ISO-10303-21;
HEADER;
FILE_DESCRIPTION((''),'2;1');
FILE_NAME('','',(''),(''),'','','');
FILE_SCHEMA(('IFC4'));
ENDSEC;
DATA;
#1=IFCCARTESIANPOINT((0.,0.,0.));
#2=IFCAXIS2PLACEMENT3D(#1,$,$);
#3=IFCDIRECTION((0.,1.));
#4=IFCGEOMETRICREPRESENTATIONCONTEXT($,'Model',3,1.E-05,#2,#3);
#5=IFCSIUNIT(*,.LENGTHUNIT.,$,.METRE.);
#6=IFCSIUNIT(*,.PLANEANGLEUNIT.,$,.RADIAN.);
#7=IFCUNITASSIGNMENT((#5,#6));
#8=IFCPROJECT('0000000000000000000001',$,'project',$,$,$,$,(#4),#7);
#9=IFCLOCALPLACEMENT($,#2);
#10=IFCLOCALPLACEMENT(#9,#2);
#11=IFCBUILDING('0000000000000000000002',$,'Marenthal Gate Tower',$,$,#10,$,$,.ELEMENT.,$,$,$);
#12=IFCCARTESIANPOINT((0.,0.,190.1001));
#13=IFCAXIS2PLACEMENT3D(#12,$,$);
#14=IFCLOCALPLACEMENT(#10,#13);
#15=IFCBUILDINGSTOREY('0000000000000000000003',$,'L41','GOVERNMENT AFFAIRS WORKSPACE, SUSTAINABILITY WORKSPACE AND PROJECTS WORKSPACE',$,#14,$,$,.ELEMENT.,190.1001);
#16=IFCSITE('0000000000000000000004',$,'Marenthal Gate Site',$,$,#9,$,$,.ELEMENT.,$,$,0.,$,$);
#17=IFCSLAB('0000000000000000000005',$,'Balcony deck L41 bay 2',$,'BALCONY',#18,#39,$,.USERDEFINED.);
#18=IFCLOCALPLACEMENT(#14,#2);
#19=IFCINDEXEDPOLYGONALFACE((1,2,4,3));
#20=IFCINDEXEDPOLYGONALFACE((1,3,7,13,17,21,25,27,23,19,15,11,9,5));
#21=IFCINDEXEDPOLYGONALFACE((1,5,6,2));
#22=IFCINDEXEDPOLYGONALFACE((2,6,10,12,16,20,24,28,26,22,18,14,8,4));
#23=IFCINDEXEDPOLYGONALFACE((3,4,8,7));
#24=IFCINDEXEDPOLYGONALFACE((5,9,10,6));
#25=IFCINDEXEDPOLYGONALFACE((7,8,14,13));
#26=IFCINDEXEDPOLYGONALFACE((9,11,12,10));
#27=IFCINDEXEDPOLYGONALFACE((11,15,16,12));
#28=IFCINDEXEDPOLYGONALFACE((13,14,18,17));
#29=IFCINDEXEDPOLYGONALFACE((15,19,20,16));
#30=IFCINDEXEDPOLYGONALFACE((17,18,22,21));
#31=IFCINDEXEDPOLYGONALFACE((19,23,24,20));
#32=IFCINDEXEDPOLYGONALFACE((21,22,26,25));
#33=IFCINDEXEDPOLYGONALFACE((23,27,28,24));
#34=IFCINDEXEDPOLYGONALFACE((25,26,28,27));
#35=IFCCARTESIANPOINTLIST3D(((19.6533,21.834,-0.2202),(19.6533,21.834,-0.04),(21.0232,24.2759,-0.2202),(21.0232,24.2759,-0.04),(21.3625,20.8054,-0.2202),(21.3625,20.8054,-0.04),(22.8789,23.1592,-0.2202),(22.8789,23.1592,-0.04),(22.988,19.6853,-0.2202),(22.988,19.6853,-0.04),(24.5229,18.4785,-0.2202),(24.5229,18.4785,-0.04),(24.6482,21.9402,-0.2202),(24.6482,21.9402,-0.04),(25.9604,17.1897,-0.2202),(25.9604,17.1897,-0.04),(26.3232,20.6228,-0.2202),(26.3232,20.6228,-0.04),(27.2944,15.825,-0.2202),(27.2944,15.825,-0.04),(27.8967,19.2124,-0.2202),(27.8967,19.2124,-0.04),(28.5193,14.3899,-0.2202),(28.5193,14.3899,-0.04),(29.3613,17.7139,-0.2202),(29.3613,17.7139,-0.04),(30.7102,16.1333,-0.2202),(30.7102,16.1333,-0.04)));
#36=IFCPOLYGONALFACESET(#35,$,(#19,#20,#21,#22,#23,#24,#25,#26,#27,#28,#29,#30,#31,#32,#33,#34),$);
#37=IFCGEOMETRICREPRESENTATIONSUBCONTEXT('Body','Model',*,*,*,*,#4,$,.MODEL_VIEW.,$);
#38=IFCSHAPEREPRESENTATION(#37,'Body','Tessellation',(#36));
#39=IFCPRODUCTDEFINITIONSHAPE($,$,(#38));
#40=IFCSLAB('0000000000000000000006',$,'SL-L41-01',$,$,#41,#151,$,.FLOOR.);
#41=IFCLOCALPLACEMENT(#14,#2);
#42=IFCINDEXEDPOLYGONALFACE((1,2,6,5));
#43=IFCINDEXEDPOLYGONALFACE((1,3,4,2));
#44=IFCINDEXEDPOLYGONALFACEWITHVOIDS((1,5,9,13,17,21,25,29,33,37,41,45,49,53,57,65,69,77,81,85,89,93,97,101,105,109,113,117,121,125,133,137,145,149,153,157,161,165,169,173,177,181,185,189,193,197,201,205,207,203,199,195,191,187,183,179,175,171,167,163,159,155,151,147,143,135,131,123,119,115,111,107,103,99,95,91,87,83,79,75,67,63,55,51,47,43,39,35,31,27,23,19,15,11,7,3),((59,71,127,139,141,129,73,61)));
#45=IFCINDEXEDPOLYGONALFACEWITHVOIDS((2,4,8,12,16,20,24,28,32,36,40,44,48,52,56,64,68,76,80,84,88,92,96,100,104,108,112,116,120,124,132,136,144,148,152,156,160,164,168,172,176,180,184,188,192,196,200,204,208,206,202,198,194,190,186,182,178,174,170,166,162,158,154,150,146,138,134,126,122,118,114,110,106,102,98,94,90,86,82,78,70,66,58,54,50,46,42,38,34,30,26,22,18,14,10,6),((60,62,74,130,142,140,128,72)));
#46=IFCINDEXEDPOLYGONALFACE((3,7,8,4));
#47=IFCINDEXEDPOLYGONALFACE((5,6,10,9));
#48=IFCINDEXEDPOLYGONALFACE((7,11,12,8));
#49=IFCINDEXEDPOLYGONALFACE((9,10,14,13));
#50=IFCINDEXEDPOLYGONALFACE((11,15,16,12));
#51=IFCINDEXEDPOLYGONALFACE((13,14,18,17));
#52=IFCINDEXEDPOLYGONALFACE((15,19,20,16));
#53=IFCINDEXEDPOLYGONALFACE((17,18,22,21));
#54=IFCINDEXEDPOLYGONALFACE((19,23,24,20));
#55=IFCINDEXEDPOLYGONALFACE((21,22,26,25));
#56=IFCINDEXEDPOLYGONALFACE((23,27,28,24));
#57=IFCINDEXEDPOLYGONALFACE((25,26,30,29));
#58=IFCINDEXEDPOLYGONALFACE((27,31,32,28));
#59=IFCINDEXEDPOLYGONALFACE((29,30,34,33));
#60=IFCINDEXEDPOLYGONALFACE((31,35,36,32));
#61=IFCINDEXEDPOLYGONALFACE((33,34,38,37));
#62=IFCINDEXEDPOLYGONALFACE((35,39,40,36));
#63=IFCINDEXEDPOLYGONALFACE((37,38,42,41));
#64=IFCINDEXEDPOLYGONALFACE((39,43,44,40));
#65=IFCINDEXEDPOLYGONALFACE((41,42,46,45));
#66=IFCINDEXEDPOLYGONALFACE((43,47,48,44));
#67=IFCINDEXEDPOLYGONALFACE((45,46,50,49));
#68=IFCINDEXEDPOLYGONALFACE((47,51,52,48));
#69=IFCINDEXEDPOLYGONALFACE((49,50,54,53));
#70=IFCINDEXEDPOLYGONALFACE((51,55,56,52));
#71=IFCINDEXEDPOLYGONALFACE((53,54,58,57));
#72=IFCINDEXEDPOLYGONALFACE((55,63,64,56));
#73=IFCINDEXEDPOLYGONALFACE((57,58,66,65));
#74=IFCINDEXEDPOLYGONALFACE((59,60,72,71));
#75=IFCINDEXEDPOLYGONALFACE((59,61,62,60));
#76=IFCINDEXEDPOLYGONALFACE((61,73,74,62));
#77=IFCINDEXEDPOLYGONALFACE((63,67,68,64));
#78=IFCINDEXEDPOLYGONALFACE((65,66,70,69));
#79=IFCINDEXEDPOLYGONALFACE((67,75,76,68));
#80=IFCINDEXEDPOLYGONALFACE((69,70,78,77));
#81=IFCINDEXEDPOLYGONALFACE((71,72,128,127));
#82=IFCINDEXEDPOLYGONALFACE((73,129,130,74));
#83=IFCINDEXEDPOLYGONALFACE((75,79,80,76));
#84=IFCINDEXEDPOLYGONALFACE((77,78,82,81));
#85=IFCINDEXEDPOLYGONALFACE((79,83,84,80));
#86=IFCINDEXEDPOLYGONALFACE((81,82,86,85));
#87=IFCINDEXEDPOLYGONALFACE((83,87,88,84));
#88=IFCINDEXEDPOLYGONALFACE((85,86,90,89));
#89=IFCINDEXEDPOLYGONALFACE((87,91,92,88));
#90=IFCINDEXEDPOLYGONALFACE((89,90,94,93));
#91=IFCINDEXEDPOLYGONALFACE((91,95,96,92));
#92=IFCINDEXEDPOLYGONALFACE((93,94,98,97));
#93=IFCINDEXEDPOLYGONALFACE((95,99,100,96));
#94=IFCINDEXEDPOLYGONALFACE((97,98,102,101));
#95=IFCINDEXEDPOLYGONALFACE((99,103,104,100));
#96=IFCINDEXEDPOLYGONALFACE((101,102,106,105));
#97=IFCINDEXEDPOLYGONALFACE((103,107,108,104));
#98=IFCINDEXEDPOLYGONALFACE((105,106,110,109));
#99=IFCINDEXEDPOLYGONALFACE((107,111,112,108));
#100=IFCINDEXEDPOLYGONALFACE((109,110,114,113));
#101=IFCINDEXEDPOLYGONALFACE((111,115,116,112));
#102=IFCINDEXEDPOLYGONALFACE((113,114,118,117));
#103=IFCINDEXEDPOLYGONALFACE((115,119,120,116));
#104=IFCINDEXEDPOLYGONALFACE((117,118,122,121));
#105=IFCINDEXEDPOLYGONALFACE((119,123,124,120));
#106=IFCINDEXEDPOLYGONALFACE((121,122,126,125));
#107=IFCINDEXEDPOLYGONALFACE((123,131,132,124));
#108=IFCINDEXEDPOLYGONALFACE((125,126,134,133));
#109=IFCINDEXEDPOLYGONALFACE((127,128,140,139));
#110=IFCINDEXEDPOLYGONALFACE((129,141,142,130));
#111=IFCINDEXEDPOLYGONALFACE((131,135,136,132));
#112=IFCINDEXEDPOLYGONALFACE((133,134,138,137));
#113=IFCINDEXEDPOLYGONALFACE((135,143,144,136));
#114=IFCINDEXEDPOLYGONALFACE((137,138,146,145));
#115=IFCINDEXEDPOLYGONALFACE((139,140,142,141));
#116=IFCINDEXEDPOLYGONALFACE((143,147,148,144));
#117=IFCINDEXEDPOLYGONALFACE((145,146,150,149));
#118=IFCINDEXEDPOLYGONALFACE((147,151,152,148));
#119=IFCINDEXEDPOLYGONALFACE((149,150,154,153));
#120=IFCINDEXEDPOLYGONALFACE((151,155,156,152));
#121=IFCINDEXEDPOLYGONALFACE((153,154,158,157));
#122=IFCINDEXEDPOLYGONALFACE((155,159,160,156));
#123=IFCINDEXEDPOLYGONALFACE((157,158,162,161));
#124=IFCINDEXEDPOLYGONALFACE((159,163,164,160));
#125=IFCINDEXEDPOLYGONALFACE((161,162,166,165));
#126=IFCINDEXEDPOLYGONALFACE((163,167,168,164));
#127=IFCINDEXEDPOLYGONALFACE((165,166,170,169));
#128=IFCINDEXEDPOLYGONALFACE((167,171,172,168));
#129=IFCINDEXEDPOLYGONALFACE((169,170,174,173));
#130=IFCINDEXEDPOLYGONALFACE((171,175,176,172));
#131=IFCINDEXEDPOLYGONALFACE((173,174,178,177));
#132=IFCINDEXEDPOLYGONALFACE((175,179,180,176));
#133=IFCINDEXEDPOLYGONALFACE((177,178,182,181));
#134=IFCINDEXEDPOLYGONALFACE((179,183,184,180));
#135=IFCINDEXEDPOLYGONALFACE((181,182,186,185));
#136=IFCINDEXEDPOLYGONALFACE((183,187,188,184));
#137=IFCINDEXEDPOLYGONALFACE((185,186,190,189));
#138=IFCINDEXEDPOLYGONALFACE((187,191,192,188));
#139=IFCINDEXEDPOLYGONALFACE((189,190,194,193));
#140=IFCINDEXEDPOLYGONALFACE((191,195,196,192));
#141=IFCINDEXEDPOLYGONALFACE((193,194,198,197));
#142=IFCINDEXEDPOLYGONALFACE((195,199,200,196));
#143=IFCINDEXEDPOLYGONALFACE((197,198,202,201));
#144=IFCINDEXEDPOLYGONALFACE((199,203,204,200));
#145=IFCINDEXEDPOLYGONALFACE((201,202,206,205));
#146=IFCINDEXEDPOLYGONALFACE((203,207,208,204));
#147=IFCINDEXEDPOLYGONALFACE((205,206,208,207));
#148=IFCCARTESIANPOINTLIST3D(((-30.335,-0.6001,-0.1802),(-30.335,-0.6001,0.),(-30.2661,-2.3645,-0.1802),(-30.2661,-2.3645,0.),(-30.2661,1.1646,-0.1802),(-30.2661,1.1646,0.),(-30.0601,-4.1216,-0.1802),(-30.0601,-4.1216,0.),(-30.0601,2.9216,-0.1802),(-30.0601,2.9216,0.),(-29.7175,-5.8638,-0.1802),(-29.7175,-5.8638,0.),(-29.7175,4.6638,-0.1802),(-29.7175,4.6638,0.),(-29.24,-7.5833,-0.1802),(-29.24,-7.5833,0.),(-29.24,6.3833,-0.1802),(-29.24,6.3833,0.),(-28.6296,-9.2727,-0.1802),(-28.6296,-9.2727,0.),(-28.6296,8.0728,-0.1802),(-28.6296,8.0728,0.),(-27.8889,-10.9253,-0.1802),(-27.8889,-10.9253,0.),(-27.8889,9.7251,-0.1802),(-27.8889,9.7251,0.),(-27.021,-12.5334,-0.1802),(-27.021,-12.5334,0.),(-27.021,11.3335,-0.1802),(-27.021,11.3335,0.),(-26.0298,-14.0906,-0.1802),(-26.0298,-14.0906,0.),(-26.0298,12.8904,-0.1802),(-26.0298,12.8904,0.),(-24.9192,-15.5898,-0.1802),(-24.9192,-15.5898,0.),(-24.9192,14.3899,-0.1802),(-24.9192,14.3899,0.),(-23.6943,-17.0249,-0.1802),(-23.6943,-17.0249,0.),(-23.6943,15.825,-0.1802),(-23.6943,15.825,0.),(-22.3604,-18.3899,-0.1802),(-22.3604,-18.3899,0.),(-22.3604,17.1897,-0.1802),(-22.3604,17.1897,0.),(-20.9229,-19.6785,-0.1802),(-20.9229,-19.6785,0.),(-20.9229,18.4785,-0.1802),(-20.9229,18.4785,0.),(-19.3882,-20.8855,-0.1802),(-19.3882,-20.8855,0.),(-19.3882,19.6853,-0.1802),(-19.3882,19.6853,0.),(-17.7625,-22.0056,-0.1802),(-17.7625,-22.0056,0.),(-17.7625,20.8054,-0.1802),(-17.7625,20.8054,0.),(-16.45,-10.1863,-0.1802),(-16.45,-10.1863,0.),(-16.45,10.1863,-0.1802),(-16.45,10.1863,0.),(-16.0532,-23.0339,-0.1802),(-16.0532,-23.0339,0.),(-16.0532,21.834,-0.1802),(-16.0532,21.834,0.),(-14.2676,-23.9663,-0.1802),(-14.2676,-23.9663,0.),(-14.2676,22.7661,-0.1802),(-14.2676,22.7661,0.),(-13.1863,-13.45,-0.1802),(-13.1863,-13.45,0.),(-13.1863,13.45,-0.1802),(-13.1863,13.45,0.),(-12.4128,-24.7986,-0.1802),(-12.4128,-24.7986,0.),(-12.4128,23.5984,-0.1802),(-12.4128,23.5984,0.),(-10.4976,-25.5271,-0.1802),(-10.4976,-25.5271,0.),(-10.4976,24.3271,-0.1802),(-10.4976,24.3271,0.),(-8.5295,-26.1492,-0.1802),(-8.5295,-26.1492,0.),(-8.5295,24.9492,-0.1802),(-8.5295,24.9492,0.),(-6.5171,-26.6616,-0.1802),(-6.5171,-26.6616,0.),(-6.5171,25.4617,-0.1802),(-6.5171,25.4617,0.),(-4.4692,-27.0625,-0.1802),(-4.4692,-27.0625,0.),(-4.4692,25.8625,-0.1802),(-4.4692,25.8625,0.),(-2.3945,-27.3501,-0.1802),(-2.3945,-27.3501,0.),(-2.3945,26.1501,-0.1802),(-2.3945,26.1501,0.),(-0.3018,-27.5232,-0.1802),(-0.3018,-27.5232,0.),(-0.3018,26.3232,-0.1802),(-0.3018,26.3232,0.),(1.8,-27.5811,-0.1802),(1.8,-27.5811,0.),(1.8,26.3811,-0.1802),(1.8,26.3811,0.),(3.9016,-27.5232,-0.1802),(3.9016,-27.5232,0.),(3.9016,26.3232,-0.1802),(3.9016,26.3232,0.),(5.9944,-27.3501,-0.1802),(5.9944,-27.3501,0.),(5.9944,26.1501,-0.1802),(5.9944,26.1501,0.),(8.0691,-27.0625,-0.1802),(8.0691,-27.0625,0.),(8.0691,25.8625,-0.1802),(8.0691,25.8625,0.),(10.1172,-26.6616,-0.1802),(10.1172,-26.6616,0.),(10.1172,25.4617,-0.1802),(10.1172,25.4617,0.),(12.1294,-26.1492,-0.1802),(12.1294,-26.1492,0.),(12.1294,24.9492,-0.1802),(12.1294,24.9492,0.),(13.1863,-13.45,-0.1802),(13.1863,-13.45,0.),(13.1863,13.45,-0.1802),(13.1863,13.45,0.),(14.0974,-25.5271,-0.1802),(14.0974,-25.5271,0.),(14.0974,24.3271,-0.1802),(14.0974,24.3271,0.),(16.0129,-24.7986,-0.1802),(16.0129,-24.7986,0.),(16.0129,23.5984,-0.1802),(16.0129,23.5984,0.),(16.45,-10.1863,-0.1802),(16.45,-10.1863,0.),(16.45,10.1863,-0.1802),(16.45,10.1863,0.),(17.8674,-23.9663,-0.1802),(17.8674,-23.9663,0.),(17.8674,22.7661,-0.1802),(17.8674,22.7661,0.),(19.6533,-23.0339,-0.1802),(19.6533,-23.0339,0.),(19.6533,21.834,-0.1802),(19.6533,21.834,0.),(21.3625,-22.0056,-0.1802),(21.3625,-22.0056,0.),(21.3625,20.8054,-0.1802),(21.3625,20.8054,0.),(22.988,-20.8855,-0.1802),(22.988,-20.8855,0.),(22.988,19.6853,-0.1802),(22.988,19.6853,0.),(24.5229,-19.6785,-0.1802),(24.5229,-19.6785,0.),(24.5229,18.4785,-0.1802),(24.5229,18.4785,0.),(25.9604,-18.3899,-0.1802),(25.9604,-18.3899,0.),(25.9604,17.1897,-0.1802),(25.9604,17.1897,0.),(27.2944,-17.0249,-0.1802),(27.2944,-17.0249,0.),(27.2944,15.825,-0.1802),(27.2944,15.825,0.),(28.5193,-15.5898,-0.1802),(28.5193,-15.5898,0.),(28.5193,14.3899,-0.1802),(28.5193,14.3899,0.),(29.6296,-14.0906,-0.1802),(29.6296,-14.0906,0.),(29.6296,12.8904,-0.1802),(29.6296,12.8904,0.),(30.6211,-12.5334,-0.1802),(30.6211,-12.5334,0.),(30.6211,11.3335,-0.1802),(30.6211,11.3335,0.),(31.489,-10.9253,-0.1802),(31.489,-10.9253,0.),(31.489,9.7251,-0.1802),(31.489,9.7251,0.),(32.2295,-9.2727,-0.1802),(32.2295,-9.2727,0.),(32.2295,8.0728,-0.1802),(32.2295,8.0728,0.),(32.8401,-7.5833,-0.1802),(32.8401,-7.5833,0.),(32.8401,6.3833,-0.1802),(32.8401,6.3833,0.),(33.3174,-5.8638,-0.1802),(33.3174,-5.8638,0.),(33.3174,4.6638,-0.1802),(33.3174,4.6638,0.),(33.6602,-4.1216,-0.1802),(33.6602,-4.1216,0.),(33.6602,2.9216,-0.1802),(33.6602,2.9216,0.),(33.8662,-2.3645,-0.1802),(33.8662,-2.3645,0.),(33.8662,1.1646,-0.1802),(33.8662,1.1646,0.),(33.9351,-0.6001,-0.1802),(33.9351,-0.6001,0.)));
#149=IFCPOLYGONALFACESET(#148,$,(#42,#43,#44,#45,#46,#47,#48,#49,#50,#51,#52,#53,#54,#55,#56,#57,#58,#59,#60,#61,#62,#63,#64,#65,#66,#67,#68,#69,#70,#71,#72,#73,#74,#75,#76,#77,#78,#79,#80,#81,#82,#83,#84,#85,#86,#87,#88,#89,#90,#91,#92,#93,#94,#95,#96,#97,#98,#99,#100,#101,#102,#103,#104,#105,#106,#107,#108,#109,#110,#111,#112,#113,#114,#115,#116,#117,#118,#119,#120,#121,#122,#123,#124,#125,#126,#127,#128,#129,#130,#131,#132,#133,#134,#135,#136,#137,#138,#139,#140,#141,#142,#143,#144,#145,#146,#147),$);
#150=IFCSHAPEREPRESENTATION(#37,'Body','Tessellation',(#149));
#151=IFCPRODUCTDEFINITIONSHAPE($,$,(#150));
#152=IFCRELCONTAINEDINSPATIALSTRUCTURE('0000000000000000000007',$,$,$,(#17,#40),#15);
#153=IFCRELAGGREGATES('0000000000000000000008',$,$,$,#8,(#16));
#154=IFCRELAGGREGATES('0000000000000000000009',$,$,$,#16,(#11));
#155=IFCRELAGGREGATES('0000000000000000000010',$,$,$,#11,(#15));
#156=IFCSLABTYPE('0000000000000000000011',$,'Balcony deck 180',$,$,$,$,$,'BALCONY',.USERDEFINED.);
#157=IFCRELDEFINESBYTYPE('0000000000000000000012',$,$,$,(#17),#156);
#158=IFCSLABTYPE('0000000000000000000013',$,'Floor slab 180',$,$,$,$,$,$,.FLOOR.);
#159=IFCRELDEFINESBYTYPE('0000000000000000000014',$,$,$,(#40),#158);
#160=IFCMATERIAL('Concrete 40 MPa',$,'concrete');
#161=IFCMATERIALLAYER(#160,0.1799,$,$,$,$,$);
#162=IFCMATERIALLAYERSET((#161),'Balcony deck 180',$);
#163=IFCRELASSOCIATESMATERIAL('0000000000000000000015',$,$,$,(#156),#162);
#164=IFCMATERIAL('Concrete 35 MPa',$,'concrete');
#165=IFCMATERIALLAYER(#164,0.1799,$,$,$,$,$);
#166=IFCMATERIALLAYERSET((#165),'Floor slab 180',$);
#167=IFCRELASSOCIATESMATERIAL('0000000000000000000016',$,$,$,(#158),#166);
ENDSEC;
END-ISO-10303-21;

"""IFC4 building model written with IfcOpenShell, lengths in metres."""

from ifc_helpers import new_model, si_unit, direction, frame, origin, place, context, subcontext, project, spatial, polyline, outline, extrude, material, layer, layer_set, type_object, element, save


model = new_model("IFC4")

# Units and contexts
model_context = context("Model", 3, precision=1e-05, world=origin(), true_north=direction((0.0, 1.0)))
body_context = subcontext(model_context, "Body", "Model", "MODEL_VIEW")
ifc_project = project(units=[si_unit("LENGTHUNIT", "METRE"), si_unit("PLANEANGLEUNIT", "RADIAN")], contexts=[model_context])

# Site, building, storey
site_placement = place(None, origin())
site = spatial("IfcSite", under=ifc_project, at=site_placement, Name="Marenthal Gate Site", CompositionType="ELEMENT", RefElevation=0.0)
building_placement = place(site_placement, origin())
building = spatial("IfcBuilding", under=site, at=building_placement, Name="Marenthal Gate Tower", CompositionType="ELEMENT")
storey_placement = place(building_placement, frame((0.0, 0.0, 190.1001)))
storey = spatial("IfcBuildingStorey", under=building, at=storey_placement, Name="L41", Description="GOVERNMENT AFFAIRS WORKSPACE, SUSTAINABILITY WORKSPACE AND PROJECTS WORKSPACE", CompositionType="ELEMENT", Elevation=190.1001)

# Slabs
ifc_material_1 = material(Name="Concrete 40 MPa", Category="concrete")
ifc_layer_1 = layer(ifc_material_1, 0.1799)
ifc_layer_set_1 = layer_set([ifc_layer_1], Name="Balcony deck 180")
slab_type_1 = type_object("IfcSlabType", Name="Balcony deck 180", ElementType="BALCONY", PredefinedType="USERDEFINED", material=ifc_layer_set_1)
slab_1_placement = place(storey_placement, frame((0.0, 0.0, -0.2202)))
element("IfcSlab", 1, at=slab_1_placement, inside=storey, type_object=slab_type_1, Name="Balcony deck L41 bay 2", ObjectType="BALCONY", PredefinedType="USERDEFINED", context=body_context, shape_type="SweptSolid", body=[
    extrude(outline(polyline([(28.5193, 14.3899), (27.2944, 15.825), (25.9604, 17.1897), (24.5229, 18.4785), (22.988, 19.6853), (21.3625, 20.8054), (19.6533, 21.834), (21.0232, 24.2759), (22.8789, 23.1592), (24.6482, 21.9402), (26.3232, 20.6228), (27.8967, 19.2124), (29.3613, 17.7139), (30.7102, 16.1333), (28.5193, 14.3899)])), origin(), (0.0, 0.0, 1.0), 0.1802),
])
ifc_material_2 = material(Name="Concrete 35 MPa", Category="concrete")
ifc_layer_2 = layer(ifc_material_2, 0.1799)
ifc_layer_set_2 = layer_set([ifc_layer_2], Name="Floor slab 180")
slab_type_2 = type_object("IfcSlabType", Name="Floor slab 180", PredefinedType="FLOOR", material=ifc_layer_set_2)
slab_2_placement = place(storey_placement, frame((0.0, 0.0, -0.1802)))
element("IfcSlab", 2, at=slab_2_placement, inside=storey, type_object=slab_type_2, Name="SL-L41-01", PredefinedType="FLOOR", context=body_context, shape_type="SweptSolid", body=[
    extrude(outline(polyline([(33.9351, -0.6001), (33.8662, 1.1646), (33.6602, 2.9216), (33.3174, 4.6638), (32.8401, 6.3833), (32.2295, 8.0728), (31.489, 9.7251), (30.6211, 11.3335), (29.6296, 12.8904), (28.5193, 14.3899), (27.2944, 15.825), (25.9604, 17.1897), (24.5229, 18.4785), (22.988, 19.6853), (21.3625, 20.8054), (19.6533, 21.834), (17.8674, 22.7661), (16.0129, 23.5984), (14.0974, 24.3271), (12.1294, 24.9492), (10.1172, 25.4617), (8.0691, 25.8625), (5.9944, 26.1501), (3.9016, 26.3232), (1.8, 26.3811), (-0.3018, 26.3232), (-2.3945, 26.1501), (-4.4692, 25.8625), (-6.5171, 25.4617), (-8.5295, 24.9492), (-10.4976, 24.3271), (-12.4128, 23.5984), (-14.2676, 22.7661), (-16.0532, 21.834), (-17.7625, 20.8054), (-19.3882, 19.6853), (-20.9229, 18.4785), (-22.3604, 17.1897), (-23.6943, 15.825), (-24.9192, 14.3899), (-26.0298, 12.8904), (-27.021, 11.3335), (-27.8889, 9.7251), (-28.6296, 8.0728), (-29.24, 6.3833), (-29.7175, 4.6638), (-30.0601, 2.9216), (-30.2661, 1.1646), (-30.335, -0.6001), (-30.2661, -2.3645), (-30.0601, -4.1216), (-29.7175, -5.8638), (-29.24, -7.5833), (-28.6296, -9.2727), (-27.8889, -10.9253), (-27.021, -12.5334), (-26.0298, -14.0906), (-24.9192, -15.5898), (-23.6943, -17.0249), (-22.3604, -18.3899), (-20.9229, -19.6785), (-19.3882, -20.8855), (-17.7625, -22.0056), (-16.0532, -23.0339), (-14.2676, -23.9663), (-12.4128, -24.7986), (-10.4976, -25.5271), (-8.5295, -26.1492), (-6.5171, -26.6616), (-4.4692, -27.0625), (-2.3945, -27.3501), (-0.3018, -27.5232), (1.8, -27.5811), (3.9016, -27.5232), (5.9944, -27.3501), (8.0691, -27.0625), (10.1172, -26.6616), (12.1294, -26.1492), (14.0974, -25.5271), (16.0129, -24.7986), (17.8674, -23.9663), (19.6533, -23.0339), (21.3625, -22.0056), (22.988, -20.8855), (24.5229, -19.6785), (25.9604, -18.3899), (27.2944, -17.0249), (28.5193, -15.5898), (29.6296, -14.0906), (30.6211, -12.5334), (31.489, -10.9253), (32.2295, -9.2727), (32.8401, -7.5833), (33.3174, -5.8638), (33.6602, -4.1216), (33.8662, -2.3645), (33.9351, -0.6001)]), holes=[polyline([(13.1863, -13.45), (16.45, -10.1863), (16.45, 10.1863), (13.1863, 13.45), (-13.1863, 13.45), (-16.45, 10.1863), (-16.45, -10.1863), (-13.1863, -13.45), (13.1863, -13.45)])]), origin(), (0.0, 0.0, 1.0), 0.1802),
])

save(model, "model.ifc")
